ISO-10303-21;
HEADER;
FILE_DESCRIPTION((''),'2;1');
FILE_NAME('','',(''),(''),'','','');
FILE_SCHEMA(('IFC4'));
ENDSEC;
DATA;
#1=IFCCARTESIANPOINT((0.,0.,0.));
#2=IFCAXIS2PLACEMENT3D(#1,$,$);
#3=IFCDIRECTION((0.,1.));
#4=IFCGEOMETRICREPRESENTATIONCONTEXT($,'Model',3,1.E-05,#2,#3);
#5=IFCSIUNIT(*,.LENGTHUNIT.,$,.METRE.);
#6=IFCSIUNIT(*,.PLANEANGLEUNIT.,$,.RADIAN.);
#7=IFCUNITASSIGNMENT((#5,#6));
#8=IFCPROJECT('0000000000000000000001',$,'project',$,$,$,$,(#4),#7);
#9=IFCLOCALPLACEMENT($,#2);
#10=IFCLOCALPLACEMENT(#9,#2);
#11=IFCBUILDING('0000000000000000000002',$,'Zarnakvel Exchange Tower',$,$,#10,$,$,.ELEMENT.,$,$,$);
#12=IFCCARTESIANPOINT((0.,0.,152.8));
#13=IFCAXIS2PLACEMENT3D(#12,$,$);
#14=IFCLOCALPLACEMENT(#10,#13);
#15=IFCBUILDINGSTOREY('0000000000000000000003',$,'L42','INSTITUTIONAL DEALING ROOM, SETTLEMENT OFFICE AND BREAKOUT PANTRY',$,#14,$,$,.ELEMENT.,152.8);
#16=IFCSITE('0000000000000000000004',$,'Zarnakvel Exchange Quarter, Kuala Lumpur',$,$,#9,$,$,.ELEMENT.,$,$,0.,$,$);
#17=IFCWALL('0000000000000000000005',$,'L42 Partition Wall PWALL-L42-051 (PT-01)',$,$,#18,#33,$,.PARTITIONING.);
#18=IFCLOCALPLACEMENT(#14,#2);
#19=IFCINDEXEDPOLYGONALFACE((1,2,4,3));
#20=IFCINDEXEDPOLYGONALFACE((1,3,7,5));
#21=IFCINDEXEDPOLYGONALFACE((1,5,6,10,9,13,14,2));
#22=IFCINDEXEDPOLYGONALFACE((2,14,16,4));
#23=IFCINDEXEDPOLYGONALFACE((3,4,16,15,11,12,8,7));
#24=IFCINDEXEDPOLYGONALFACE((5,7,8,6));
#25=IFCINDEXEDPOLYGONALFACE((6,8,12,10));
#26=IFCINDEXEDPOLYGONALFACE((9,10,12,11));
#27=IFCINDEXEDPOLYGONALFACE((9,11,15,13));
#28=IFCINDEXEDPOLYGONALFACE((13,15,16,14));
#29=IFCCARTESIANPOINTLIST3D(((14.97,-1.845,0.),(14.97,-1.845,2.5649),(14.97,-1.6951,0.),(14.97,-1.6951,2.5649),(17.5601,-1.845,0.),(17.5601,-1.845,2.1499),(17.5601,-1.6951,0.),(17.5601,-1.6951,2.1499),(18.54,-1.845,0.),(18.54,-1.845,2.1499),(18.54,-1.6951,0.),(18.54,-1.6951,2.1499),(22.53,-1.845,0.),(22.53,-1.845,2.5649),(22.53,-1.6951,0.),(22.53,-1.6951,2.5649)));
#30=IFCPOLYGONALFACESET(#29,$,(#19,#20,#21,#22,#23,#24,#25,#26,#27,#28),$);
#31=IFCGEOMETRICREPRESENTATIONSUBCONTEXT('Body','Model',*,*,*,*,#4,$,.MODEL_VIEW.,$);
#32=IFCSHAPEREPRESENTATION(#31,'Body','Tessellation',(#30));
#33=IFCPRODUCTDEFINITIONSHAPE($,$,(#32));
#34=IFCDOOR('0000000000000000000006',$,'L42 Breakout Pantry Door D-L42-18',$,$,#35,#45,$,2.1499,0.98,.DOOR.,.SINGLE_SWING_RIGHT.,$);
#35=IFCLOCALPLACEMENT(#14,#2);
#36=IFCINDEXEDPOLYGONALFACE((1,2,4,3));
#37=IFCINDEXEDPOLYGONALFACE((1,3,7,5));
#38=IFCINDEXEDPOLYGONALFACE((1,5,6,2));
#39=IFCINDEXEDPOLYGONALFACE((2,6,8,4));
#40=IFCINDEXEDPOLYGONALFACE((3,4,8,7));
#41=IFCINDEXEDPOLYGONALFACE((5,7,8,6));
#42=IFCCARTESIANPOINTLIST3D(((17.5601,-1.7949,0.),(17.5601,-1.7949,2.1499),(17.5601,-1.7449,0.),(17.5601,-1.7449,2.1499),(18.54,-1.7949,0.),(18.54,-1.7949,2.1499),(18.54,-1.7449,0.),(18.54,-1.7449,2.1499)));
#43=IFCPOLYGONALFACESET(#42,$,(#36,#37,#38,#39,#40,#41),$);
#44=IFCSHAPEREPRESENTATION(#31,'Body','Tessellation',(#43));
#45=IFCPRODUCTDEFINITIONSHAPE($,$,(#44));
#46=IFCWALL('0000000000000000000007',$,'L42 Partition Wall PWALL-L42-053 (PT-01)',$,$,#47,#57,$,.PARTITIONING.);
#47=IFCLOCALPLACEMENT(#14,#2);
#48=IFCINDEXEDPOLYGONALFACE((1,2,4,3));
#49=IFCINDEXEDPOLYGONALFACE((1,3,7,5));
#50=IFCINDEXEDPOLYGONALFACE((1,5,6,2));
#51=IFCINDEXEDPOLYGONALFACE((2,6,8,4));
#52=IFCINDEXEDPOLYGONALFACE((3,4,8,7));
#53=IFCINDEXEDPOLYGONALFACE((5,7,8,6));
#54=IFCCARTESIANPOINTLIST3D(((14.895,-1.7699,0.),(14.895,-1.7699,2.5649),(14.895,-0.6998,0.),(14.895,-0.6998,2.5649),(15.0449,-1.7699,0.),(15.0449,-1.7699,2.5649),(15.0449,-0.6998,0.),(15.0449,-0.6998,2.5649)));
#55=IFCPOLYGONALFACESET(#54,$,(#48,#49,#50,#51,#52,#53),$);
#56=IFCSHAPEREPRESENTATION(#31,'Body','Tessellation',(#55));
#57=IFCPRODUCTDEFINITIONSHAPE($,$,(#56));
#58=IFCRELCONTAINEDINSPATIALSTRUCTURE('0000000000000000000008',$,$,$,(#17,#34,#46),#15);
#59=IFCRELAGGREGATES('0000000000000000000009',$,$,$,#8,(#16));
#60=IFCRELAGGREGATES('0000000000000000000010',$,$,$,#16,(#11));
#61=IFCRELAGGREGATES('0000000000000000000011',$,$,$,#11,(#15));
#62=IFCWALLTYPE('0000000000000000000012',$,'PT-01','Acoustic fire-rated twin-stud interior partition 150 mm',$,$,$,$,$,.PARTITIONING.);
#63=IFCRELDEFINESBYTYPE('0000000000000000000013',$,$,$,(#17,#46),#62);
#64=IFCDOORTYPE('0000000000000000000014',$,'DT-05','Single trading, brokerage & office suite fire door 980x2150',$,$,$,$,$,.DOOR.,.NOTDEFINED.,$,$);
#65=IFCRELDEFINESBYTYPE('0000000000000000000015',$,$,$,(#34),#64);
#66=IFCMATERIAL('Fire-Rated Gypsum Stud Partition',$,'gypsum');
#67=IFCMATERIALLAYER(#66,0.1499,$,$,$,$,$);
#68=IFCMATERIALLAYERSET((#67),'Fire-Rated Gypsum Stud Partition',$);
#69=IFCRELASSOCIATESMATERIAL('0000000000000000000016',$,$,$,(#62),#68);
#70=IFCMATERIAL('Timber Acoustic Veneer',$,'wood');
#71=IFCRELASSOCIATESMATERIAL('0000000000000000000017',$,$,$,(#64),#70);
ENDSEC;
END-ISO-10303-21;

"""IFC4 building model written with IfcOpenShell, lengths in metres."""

from ifc_helpers import new_model, si_unit, direction, frame, frame_2d, origin, place, context, subcontext, project, spatial, rectangle, extrude, source, transform, mapped, material, layer, layer_set, type_object, element, fill, save


model = new_model("IFC4")

# Units and contexts
model_context = context("Model", 3, precision=1e-05, world=origin(), true_north=direction((0.0, 1.0)))
body_context = subcontext(model_context, "Body", "Model", "MODEL_VIEW")
ifc_project = project(units=[si_unit("LENGTHUNIT", "METRE"), si_unit("PLANEANGLEUNIT", "RADIAN")], contexts=[model_context])

# Site, building, storey
site_placement = place(None, origin())
site = spatial("IfcSite", under=ifc_project, at=site_placement, Name="Zarnakvel Exchange Quarter, Kuala Lumpur", CompositionType="ELEMENT", RefElevation=0.0)
building_placement = place(site_placement, origin())
building = spatial("IfcBuilding", under=site, at=building_placement, Name="Zarnakvel Exchange Tower", CompositionType="ELEMENT")
storey_placement = place(building_placement, frame((0.0, 0.0, 152.8)))
storey = spatial("IfcBuildingStorey", under=building, at=storey_placement, Name="L42", Description="INSTITUTIONAL DEALING ROOM, SETTLEMENT OFFICE AND BREAKOUT PANTRY", CompositionType="ELEMENT", Elevation=152.8)

# Shared definitions
ifc_material_1 = material(Name="Fire-Rated Gypsum Stud Partition", Category="gypsum")
ifc_layer_1 = layer(ifc_material_1, 0.1499)
ifc_layer_set_1 = layer_set([ifc_layer_1], Name="Fire-Rated Gypsum Stud Partition")
wall_type_1 = type_object("IfcWallType", Name="PT-01", Description="Acoustic fire-rated twin-stud interior partition 150 mm", PredefinedType="PARTITIONING", material=ifc_layer_set_1)
ifc_material_2 = material(Name="Timber Acoustic Veneer", Category="wood")
door_type_1 = type_object("IfcDoorType", Name="DT-05", Description="Single trading, brokerage & office suite fire door 980x2150", OperationType="NOTDEFINED", PredefinedType="DOOR", material=ifc_material_2)
shared_shape_1 = source(origin(), body_context, "Body", "SweptSolid", [
    extrude(rectangle(XDim=0.98, YDim=2.1499, at=frame_2d((0.49, 1.075))), frame((0.0, 0.0249, 0.0), z_axis=(0.0, -1.0, 0.0), x_axis=(1.0, 0.0, 0.0)), (0.0, 0.0, 1.0), 0.05),
])

# Wall, opening, door
wall_1_placement = place(storey_placement, frame((22.53, -1.77, 0.0), z_axis=(0.0, 0.0, 1.0), x_axis=(-1.0, 0.0, 0.0)))
wall_1 = element("IfcWall", 1, at=wall_1_placement, inside=storey, type_object=wall_type_1, Name="L42 Partition Wall PWALL-L42-051 (PT-01)", PredefinedType="PARTITIONING", context=body_context, shape_type="SweptSolid", body=[
    extrude(rectangle(XDim=7.5601, YDim=0.1499, at=frame_2d((3.78, 0.0))), origin(), (0.0, 0.0, 1.0), 2.5649),
])
opening_1_placement = place(wall_1_placement, frame((3.99, 0.0, 0.0)))
opening_1 = element("IfcOpeningElement", 2, at=opening_1_placement, cuts=wall_1, PredefinedType="OPENING", context=body_context, shape_type="SweptSolid", body=[
    extrude(rectangle(XDim=0.98, YDim=2.1499, at=frame_2d((0.49, 1.075))), frame((0.0, 0.085, 0.0), z_axis=(0.0, -1.0, 0.0), x_axis=(1.0, 0.0, 0.0)), (0.0, 0.0, 1.0), 0.1699),
])
door_1_placement = place(opening_1_placement, origin())
door_1 = element("IfcDoor", 3, at=door_1_placement, inside=storey, type_object=door_type_1, Name="L42 Breakout Pantry Door D-L42-18", OperationType="SINGLE_SWING_RIGHT", OverallHeight=2.1499, OverallWidth=0.98, PredefinedType="DOOR", context=body_context, shape_type="MappedRepresentation", body=[
    mapped(shared_shape_1, transform((0.0, 0.0, 0.0), x_axis=(1.0, 0.0, 0.0), y_axis=(0.0, 1.0, 0.0), z_axis=(0.0, 0.0, 1.0), scale=1.0)),
])
fill(opening_1, door_1)

# Wall
wall_2_placement = place(storey_placement, frame((14.97, -1.77, 0.0), z_axis=(0.0, 0.0, 1.0), x_axis=(0.0, 1.0, 0.0)))
element("IfcWall", 4, at=wall_2_placement, inside=storey, type_object=wall_type_1, Name="L42 Partition Wall PWALL-L42-053 (PT-01)", PredefinedType="PARTITIONING", context=body_context, shape_type="SweptSolid", body=[
    extrude(rectangle(XDim=1.0701, YDim=0.1499, at=frame_2d((0.5352, 0.0))), origin(), (0.0, 0.0, 1.0), 2.5649),
])

save(model, "model.ifc")
